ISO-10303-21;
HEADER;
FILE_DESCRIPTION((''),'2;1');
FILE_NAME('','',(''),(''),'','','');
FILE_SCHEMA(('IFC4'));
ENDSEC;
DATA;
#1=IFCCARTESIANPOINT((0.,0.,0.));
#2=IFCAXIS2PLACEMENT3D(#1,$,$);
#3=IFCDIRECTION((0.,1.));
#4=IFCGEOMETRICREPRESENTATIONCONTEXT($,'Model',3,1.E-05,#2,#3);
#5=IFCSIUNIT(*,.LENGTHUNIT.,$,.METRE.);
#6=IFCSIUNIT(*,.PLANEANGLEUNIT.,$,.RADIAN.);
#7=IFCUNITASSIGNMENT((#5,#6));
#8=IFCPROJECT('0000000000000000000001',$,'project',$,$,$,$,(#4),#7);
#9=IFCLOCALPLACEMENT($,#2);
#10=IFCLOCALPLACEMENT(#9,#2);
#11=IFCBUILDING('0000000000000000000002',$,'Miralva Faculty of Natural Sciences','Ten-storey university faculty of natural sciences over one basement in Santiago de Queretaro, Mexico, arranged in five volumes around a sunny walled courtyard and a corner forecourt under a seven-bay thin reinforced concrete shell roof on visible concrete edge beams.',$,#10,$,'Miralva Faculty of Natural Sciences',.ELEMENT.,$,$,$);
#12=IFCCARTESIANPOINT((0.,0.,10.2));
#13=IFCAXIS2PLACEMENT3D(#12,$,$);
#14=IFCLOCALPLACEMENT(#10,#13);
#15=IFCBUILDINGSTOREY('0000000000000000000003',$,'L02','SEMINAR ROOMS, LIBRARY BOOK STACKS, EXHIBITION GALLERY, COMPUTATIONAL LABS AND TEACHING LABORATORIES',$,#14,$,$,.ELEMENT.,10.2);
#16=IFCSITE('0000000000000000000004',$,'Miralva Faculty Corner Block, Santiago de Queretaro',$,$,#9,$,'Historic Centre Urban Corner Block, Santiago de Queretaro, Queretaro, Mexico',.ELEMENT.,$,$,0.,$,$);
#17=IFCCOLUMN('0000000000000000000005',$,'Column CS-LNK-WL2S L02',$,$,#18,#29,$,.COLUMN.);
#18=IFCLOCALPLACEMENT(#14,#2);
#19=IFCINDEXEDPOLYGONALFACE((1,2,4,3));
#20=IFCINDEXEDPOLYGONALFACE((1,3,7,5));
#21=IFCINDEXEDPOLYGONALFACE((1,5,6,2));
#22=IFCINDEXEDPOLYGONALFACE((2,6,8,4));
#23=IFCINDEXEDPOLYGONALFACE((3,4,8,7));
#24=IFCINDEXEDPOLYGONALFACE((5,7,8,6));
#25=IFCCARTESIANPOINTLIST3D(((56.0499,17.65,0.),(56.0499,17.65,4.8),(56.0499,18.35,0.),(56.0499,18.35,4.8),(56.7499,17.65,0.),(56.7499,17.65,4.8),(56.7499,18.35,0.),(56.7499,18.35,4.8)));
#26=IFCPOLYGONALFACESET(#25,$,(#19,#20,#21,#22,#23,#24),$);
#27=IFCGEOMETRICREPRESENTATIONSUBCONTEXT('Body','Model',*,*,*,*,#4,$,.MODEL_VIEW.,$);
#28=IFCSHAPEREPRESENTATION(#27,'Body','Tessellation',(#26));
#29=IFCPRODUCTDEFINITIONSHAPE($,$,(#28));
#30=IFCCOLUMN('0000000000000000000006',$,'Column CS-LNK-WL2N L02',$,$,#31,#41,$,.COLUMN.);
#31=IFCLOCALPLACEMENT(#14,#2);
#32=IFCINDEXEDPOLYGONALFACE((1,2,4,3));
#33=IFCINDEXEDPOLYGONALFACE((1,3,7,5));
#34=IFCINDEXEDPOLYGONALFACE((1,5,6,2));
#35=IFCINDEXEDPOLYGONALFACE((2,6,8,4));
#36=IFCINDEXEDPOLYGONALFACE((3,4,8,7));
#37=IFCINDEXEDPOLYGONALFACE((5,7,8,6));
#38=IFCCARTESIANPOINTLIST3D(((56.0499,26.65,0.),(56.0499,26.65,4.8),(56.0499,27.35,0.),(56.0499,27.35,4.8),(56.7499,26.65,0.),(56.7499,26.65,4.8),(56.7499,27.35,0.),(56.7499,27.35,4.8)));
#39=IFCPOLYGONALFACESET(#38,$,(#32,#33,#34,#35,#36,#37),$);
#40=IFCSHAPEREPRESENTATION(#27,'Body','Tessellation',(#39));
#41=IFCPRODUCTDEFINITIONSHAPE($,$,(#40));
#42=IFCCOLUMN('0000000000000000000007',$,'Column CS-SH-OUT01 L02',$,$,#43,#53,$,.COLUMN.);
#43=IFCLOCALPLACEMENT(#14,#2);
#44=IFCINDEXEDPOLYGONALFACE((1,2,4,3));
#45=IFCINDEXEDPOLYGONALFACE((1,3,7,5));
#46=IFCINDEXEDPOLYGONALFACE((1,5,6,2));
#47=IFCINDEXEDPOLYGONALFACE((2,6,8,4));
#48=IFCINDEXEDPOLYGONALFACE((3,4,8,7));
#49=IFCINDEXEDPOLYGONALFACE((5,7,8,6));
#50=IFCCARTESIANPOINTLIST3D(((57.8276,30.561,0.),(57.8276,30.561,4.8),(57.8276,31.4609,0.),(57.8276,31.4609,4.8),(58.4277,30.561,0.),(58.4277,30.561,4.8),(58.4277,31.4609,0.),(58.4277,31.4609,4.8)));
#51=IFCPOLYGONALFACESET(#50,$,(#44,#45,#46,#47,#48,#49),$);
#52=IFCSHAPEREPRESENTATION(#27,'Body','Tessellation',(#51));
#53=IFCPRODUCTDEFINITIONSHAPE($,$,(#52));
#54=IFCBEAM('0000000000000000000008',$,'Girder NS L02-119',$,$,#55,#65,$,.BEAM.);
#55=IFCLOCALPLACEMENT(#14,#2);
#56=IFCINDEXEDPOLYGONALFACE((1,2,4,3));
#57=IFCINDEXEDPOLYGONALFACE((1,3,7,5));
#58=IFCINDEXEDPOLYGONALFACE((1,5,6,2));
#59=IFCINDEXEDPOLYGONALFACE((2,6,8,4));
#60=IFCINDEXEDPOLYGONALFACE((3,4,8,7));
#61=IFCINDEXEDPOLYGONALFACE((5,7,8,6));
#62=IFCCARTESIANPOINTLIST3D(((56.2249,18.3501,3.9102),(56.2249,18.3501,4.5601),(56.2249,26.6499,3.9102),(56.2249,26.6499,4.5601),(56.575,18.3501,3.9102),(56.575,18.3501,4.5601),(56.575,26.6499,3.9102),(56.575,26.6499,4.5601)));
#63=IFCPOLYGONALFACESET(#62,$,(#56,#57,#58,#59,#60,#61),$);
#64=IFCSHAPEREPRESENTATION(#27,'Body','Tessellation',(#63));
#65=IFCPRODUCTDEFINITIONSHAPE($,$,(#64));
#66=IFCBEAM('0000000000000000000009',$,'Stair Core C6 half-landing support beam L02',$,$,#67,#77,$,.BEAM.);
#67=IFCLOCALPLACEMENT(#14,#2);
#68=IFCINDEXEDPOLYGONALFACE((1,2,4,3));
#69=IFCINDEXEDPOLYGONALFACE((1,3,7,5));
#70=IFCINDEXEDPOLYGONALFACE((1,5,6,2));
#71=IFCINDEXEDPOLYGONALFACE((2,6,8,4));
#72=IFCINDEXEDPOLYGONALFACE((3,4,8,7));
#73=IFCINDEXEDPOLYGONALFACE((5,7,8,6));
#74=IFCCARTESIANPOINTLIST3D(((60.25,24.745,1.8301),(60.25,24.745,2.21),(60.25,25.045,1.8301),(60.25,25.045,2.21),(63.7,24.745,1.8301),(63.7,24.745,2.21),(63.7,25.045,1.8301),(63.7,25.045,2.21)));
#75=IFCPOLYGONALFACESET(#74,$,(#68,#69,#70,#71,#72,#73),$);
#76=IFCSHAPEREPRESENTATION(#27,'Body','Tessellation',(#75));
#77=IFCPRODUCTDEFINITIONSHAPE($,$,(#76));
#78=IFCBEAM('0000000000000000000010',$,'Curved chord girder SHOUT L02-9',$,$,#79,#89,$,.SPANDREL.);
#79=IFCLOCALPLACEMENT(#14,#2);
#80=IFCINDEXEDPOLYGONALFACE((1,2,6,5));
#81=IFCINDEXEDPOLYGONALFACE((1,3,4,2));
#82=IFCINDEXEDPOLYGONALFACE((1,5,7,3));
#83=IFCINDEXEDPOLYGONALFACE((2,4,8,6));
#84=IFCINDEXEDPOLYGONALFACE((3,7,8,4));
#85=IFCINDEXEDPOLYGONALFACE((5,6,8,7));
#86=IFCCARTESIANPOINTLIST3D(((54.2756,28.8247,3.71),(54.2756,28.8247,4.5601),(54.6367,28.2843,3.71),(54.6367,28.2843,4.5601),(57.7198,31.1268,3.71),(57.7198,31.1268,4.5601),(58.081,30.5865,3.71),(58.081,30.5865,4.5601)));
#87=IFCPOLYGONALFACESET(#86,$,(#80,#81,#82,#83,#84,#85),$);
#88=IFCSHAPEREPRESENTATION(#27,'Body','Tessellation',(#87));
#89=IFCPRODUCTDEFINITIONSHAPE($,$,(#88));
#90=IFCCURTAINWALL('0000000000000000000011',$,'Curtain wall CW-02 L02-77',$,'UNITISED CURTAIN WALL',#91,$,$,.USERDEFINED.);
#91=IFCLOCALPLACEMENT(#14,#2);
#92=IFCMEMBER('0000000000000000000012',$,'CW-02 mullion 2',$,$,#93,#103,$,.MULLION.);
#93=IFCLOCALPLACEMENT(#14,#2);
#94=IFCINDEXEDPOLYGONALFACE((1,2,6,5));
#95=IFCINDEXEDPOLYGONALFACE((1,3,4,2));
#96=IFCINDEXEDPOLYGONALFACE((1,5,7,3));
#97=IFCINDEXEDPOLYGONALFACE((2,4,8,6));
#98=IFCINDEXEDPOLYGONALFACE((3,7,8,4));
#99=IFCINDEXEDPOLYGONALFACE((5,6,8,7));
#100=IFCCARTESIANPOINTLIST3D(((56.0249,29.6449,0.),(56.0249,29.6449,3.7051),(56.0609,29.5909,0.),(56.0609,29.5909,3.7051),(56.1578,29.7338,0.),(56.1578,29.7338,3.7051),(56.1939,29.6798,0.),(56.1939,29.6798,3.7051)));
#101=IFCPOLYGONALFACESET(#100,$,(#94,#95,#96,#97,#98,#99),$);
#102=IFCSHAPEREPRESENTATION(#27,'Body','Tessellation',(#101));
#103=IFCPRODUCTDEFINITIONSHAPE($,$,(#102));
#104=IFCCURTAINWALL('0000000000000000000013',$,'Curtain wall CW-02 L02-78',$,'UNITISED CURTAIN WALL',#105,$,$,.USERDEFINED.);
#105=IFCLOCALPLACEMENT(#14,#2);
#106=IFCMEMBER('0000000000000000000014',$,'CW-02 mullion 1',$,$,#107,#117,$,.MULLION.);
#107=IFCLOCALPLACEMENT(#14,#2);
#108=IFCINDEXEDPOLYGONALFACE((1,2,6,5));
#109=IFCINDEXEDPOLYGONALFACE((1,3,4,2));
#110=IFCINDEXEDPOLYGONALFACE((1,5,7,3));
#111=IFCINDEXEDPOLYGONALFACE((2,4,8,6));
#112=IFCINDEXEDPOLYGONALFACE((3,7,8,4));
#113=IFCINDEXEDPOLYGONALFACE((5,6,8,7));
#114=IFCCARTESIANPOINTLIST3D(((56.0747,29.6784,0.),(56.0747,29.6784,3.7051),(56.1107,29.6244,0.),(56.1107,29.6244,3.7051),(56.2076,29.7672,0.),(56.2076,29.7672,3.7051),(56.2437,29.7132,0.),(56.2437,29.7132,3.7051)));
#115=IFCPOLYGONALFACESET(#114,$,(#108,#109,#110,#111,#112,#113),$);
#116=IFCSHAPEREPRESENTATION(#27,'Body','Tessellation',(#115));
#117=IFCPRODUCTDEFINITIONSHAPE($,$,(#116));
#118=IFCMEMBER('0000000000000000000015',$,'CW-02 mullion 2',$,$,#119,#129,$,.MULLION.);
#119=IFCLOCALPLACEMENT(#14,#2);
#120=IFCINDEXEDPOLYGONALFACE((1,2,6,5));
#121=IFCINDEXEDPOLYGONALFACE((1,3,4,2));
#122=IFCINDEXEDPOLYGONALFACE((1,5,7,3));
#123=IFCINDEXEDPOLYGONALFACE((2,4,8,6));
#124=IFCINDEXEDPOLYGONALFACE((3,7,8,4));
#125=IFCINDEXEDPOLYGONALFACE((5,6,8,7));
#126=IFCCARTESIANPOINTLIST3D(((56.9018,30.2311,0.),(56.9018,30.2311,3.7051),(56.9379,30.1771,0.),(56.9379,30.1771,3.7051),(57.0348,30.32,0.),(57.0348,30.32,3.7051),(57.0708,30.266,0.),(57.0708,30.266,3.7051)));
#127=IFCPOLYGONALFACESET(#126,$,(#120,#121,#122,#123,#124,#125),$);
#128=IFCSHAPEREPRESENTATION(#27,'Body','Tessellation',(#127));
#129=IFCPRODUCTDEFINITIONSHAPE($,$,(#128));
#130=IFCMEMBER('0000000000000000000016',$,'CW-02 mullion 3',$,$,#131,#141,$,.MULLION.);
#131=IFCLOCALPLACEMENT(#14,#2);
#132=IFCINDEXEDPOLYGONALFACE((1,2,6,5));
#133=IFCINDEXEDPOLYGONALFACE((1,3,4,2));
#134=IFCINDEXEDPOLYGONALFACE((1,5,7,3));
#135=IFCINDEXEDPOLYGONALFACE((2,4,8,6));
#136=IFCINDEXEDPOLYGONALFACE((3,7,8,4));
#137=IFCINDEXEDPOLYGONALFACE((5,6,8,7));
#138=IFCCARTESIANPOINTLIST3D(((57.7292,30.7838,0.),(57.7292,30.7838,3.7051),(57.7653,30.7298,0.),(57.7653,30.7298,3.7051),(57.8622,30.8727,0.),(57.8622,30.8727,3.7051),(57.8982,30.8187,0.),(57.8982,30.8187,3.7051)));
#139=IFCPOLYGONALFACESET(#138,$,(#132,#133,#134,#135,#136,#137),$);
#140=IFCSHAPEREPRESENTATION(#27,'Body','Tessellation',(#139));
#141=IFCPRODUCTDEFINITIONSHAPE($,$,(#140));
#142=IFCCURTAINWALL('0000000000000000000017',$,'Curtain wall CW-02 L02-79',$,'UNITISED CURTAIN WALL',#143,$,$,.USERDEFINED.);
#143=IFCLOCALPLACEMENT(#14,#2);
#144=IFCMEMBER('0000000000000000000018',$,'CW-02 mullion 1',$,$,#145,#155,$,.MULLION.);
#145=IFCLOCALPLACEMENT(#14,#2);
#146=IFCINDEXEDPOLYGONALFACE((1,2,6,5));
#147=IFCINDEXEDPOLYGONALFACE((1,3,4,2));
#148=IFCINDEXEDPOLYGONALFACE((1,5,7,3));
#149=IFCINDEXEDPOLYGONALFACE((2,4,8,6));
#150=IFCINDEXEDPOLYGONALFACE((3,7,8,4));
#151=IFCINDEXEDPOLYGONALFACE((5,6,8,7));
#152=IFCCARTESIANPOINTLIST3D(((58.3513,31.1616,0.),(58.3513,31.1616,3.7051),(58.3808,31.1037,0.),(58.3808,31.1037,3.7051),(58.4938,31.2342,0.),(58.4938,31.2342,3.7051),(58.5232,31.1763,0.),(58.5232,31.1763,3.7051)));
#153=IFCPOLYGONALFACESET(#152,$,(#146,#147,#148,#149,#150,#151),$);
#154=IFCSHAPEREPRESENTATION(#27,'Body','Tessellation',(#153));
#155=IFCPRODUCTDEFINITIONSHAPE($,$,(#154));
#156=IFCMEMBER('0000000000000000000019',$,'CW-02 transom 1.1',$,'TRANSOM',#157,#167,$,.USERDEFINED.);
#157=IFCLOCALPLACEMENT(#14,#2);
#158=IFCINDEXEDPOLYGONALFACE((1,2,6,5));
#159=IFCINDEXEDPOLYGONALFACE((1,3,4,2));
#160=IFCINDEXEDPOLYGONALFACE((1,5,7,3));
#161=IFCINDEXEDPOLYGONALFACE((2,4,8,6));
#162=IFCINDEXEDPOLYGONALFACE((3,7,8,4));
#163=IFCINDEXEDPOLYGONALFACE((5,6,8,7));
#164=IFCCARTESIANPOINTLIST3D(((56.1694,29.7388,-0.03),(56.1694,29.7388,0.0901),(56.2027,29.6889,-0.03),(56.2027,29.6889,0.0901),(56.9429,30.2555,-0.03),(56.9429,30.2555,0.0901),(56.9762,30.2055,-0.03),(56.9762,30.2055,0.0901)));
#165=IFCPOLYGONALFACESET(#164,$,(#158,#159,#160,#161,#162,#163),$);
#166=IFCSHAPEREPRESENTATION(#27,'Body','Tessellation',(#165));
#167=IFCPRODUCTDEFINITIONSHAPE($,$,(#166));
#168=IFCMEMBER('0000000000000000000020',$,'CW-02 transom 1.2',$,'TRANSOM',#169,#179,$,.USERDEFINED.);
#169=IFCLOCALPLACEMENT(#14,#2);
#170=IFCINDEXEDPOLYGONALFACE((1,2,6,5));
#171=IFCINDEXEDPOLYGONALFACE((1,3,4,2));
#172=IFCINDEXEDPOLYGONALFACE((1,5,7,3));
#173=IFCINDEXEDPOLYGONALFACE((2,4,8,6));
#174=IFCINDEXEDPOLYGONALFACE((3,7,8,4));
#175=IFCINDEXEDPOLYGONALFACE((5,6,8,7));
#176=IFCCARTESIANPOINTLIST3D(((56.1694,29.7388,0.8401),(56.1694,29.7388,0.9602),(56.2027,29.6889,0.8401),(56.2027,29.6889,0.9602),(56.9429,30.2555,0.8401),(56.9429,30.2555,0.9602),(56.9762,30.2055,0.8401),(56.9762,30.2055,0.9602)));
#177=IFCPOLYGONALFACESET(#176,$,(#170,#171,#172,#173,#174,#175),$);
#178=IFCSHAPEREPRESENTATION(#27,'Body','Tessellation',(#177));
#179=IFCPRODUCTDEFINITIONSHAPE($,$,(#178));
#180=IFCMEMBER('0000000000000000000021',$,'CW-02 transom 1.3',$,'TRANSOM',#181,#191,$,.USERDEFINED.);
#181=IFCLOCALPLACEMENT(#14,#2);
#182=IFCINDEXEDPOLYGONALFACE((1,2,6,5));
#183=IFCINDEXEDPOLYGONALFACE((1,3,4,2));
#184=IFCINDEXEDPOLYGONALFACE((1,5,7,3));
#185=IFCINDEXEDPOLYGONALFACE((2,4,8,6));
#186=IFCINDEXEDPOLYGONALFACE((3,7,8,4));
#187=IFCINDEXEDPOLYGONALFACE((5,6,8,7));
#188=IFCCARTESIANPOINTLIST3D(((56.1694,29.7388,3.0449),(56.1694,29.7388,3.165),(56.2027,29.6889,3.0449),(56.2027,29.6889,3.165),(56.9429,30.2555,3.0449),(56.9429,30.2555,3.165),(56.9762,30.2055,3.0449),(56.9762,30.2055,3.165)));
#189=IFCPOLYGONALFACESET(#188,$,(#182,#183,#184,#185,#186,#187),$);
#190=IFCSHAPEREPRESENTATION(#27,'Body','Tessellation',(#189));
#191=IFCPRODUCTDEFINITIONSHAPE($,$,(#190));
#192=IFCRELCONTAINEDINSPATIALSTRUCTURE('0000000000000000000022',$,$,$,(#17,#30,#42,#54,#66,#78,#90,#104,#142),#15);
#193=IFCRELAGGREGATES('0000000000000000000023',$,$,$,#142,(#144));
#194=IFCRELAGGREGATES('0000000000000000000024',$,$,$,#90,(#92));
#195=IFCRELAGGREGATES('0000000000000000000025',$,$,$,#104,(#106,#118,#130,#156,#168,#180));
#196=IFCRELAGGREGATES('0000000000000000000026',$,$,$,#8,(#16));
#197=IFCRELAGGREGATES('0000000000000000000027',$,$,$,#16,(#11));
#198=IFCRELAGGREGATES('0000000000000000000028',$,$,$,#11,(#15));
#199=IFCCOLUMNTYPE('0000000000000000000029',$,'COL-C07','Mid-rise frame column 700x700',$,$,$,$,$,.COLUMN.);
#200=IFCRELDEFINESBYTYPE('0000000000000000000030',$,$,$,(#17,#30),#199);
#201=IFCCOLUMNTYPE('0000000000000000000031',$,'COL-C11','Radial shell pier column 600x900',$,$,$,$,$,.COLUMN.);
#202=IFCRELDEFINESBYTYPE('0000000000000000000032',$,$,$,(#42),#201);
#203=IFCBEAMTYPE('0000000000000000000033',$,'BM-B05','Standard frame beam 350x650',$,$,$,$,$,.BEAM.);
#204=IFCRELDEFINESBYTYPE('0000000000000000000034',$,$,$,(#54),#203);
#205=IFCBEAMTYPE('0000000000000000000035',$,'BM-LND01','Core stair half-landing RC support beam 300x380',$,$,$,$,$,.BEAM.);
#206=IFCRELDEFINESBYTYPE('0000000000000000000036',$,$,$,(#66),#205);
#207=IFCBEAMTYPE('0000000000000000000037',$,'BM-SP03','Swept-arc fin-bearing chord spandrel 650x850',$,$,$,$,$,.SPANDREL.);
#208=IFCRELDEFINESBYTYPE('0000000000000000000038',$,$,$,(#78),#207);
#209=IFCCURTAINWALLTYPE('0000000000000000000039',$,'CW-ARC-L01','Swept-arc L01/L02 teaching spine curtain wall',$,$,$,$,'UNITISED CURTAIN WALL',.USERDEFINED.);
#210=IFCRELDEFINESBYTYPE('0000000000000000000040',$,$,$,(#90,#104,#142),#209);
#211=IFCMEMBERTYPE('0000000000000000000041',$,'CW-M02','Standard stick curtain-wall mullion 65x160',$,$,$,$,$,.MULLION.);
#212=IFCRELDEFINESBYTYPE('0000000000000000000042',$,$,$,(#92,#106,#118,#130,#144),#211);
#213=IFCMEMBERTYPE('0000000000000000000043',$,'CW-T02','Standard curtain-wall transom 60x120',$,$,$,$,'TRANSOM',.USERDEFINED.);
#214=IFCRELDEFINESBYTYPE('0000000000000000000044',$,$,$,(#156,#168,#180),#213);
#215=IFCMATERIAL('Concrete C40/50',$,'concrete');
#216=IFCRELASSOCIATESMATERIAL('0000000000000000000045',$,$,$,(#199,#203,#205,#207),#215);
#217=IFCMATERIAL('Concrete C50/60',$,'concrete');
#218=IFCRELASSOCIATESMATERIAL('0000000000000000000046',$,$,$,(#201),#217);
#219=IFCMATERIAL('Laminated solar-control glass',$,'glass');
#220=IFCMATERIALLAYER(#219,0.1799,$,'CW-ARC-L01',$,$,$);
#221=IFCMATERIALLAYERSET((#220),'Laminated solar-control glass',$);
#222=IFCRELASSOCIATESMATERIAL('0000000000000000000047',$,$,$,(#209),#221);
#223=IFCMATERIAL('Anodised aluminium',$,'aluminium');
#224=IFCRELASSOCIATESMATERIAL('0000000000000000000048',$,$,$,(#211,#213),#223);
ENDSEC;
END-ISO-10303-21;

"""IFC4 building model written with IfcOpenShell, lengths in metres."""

from ifc_helpers import new_model, si_unit, direction, frame, origin, origin_2d, place, context, subcontext, project, spatial, rectangle, extrude, material, layer, layer_set, material_profile, profile_set, type_object, element, aggregate, save


model = new_model("IFC4")

# Units and contexts
model_context = context("Model", 3, precision=1e-05, world=origin(), true_north=direction((0.0, 1.0)))
body_context = subcontext(model_context, "Body", "Model", "MODEL_VIEW")
ifc_project = project(units=[si_unit("LENGTHUNIT", "METRE"), si_unit("PLANEANGLEUNIT", "RADIAN")], contexts=[model_context])

# Site, building, storey
site_placement = place(None, origin())
site = spatial("IfcSite", under=ifc_project, at=site_placement, Name="Miralva Faculty Corner Block, Santiago de Queretaro", LongName="Historic Centre Urban Corner Block, Santiago de Queretaro, Queretaro, Mexico", CompositionType="ELEMENT", RefElevation=0.0)
building_placement = place(site_placement, origin())
building = spatial("IfcBuilding", under=site, at=building_placement, Name="Miralva Faculty of Natural Sciences", Description="Ten-storey university faculty of natural sciences over one basement in Santiago de Queretaro, Mexico, arranged in five volumes around a sunny walled courtyard and a corner forecourt under a seven-bay thin reinforced concrete shell roof on visible concrete edge beams.", LongName="Miralva Faculty of Natural Sciences", CompositionType="ELEMENT")
storey_placement = place(building_placement, frame((0.0, 0.0, 10.2)))
storey = spatial("IfcBuildingStorey", under=building, at=storey_placement, Name="L02", Description="SEMINAR ROOMS, LIBRARY BOOK STACKS, EXHIBITION GALLERY, COMPUTATIONAL LABS AND TEACHING LABORATORIES", CompositionType="ELEMENT", Elevation=10.2)

# Columns
ifc_material_1 = material(Name="Concrete C40/50", Category="concrete")
ifc_material_profile_1 = material_profile(ifc_material_1, rectangle(XDim=0.7, YDim=0.7, at=origin_2d()), Name="RC 700x700")
ifc_profile_set_1 = profile_set([ifc_material_profile_1], Name="Concrete C40/50")
column_type_1 = type_object("IfcColumnType", Name="COL-C07", Description="Mid-rise frame column 700x700", PredefinedType="COLUMN", material=ifc_profile_set_1)
for number, where, z_axis, x_axis, name in (
    (1, (56.3999, 18.0, 0.0), (0.0, 0.0, 1.0), (1.0, 0.0, 0.0), "Column CS-LNK-WL2S L02"),
    (2, (56.3999, 27.0, 0.0), (0.0, 0.0, 1.0), (1.0, 0.0, 0.0), "Column CS-LNK-WL2N L02"),
):
    element("IfcColumn", number, at=place(storey_placement, frame(where, z_axis=z_axis, x_axis=x_axis)), inside=storey, type_object=column_type_1, Name=name, PredefinedType="COLUMN", context=body_context, shape_type="SweptSolid", body=[
        extrude(rectangle(XDim=0.7, YDim=0.7, at=origin_2d()), origin(), (0.0, 0.0, 1.0), 4.8),
    ])
ifc_material_2 = material(Name="Concrete C50/60", Category="concrete")
ifc_material_profile_2 = material_profile(ifc_material_2, rectangle(XDim=0.6001, YDim=0.8999, at=origin_2d()), Name="RC 600x900")
ifc_profile_set_2 = profile_set([ifc_material_profile_2], Name="Concrete C50/60")
column_type_2 = type_object("IfcColumnType", Name="COL-C11", Description="Radial shell pier column 600x900", PredefinedType="COLUMN", material=ifc_profile_set_2)
column_placement = place(storey_placement, frame((58.1277, 31.011, 0.0), z_axis=(0.0, 0.0, 1.0), x_axis=(1.0, 0.0, 0.0)))
element("IfcColumn", 3, at=column_placement, inside=storey, type_object=column_type_2, Name="Column CS-SH-OUT01 L02", PredefinedType="COLUMN", context=body_context, shape_type="SweptSolid", body=[
    extrude(rectangle(XDim=0.6001, YDim=0.8999, at=origin_2d()), origin(), (0.0, 0.0, 1.0), 4.8),
])

# Beams
ifc_material_profile_3 = material_profile(ifc_material_1, rectangle(XDim=0.3501, YDim=0.6499, at=origin_2d()), Name="RC 350x650")
ifc_profile_set_3 = profile_set([ifc_material_profile_3], Name="Concrete C40/50")
beam_type_1 = type_object("IfcBeamType", Name="BM-B05", Description="Standard frame beam 350x650", PredefinedType="BEAM", material=ifc_profile_set_3)
beam_1_placement = place(storey_placement, frame((56.3999, 18.3501, 4.2351), z_axis=(0.0, 1.0, 0.0), x_axis=(-1.0, 0.0, 0.0)))
element("IfcBeam", 4, at=beam_1_placement, inside=storey, type_object=beam_type_1, Name="Girder NS L02-119", PredefinedType="BEAM", context=body_context, shape_type="SweptSolid", body=[
    extrude(rectangle(XDim=0.3501, YDim=0.6499, at=origin_2d()), origin(), (0.0, 0.0, 1.0), 8.2998),
])
ifc_material_profile_4 = material_profile(ifc_material_1, rectangle(XDim=0.3, YDim=0.3799, at=origin_2d()), Name="RC 300x380")
ifc_profile_set_4 = profile_set([ifc_material_profile_4], Name="Concrete C40/50")
beam_type_2 = type_object("IfcBeamType", Name="BM-LND01", Description="Core stair half-landing RC support beam 300x380", PredefinedType="BEAM", material=ifc_profile_set_4)
beam_2_placement = place(storey_placement, frame((60.25, 24.895, 2.02), z_axis=(1.0, 0.0, 0.0), x_axis=(0.0, 1.0, 0.0)))
element("IfcBeam", 5, at=beam_2_placement, inside=storey, type_object=beam_type_2, Name="Stair Core C6 half-landing support beam L02", PredefinedType="BEAM", context=body_context, shape_type="SweptSolid", body=[
    extrude(rectangle(XDim=0.3, YDim=0.3799, at=origin_2d()), origin(), (0.0, 0.0, 1.0), 3.45),
])
ifc_material_profile_5 = material_profile(ifc_material_1, rectangle(XDim=0.6499, YDim=0.8501, at=origin_2d()), Name="RC 650x850")
ifc_profile_set_5 = profile_set([ifc_material_profile_5], Name="Concrete C40/50")
beam_type_3 = type_object("IfcBeamType", Name="BM-SP03", Description="Swept-arc fin-bearing chord spandrel 650x850", PredefinedType="SPANDREL", material=ifc_profile_set_5)
beam_3_placement = place(storey_placement, frame((57.9004, 30.8567, 4.135), z_axis=(-0.831379, -0.555706, 0.0), x_axis=(0.555706, -0.831379, 0.0)))
element("IfcBeam", 6, at=beam_3_placement, inside=storey, type_object=beam_type_3, Name="Curved chord girder SHOUT L02-9", PredefinedType="SPANDREL", context=body_context, shape_type="SweptSolid", body=[
    extrude(rectangle(XDim=0.6499, YDim=0.8501, at=origin_2d()), origin(), (0.0, 0.0, 1.0), 4.1428),
])

# Curtain wall, member
ifc_material_3 = material(Name="Laminated solar-control glass", Category="glass")
ifc_layer_1 = layer(ifc_material_3, 0.1799, Name="CW-ARC-L01")
ifc_layer_set_1 = layer_set([ifc_layer_1], Name="Laminated solar-control glass")
curtain_wall_type = type_object("IfcCurtainWallType", Name="CW-ARC-L01", Description="Swept-arc L01/L02 teaching spine curtain wall", ElementType="UNITISED CURTAIN WALL", PredefinedType="USERDEFINED", material=ifc_layer_set_1)
curtain_wall_1_placement = place(storey_placement, origin())
curtain_wall_1 = element("IfcCurtainWall", 7, at=curtain_wall_1_placement, inside=storey, type_object=curtain_wall_type, Name="Curtain wall CW-02 L02-77", ObjectType="UNITISED CURTAIN WALL", PredefinedType="USERDEFINED")
ifc_material_4 = material(Name="Anodised aluminium", Category="aluminium")
ifc_material_profile_6 = material_profile(ifc_material_4, rectangle(XDim=0.0649, YDim=0.1599, at=origin_2d()), Name="MULLION 65x160")
ifc_profile_set_6 = profile_set([ifc_material_profile_6], Name="Anodised aluminium")
member_type_1 = type_object("IfcMemberType", Name="CW-M02", Description="Standard stick curtain-wall mullion 65x160", PredefinedType="MULLION", material=ifc_profile_set_6)
member_1_placement = place(storey_placement, frame((56.1094, 29.6624, 0.0), z_axis=(0.0, 0.0, 1.0), x_axis=(-0.555549, 0.831484, 0.0)))
member_1 = element("IfcMember", 8, at=member_1_placement, type_object=member_type_1, Name="CW-02 mullion 2", PredefinedType="MULLION", context=body_context, shape_type="SweptSolid", body=[
    extrude(rectangle(XDim=0.0649, YDim=0.1599, at=origin_2d()), origin(), (0.0, 0.0, 1.0), 3.7051),
])

# Curtain wall, members
curtain_wall_2_placement = place(storey_placement, origin())
curtain_wall_2 = element("IfcCurtainWall", 9, at=curtain_wall_2_placement, inside=storey, type_object=curtain_wall_type, Name="Curtain wall CW-02 L02-78", ObjectType="UNITISED CURTAIN WALL", PredefinedType="USERDEFINED")
member_2_placement = place(storey_placement, frame((56.1592, 29.6958, 0.0), z_axis=(0.0, 0.0, 1.0), x_axis=(-0.555587, 0.831458, 0.0)))
member_2 = element("IfcMember", 10, at=member_2_placement, type_object=member_type_1, Name="CW-02 mullion 1", PredefinedType="MULLION", context=body_context, shape_type="SweptSolid", body=[
    extrude(rectangle(XDim=0.0649, YDim=0.1599, at=origin_2d()), origin(), (0.0, 0.0, 1.0), 3.7051),
])
member_3_placement = place(storey_placement, frame((56.9863, 30.2485, 0.0), z_axis=(0.0, 0.0, 1.0), x_axis=(-0.555587, 0.831458, 0.0)))
member_3 = element("IfcMember", 11, at=member_3_placement, type_object=member_type_1, Name="CW-02 mullion 2", PredefinedType="MULLION", context=body_context, shape_type="SweptSolid", body=[
    extrude(rectangle(XDim=0.0649, YDim=0.1599, at=origin_2d()), origin(), (0.0, 0.0, 1.0), 3.7051),
])
member_4_placement = place(storey_placement, frame((57.8137, 30.8013, 0.0), z_axis=(0.0, 0.0, 1.0), x_axis=(-0.555587, 0.831458, 0.0)))
member_4 = element("IfcMember", 12, at=member_4_placement, type_object=member_type_1, Name="CW-02 mullion 3", PredefinedType="MULLION", context=body_context, shape_type="SweptSolid", body=[
    extrude(rectangle(XDim=0.0649, YDim=0.1599, at=origin_2d()), origin(), (0.0, 0.0, 1.0), 3.7051),
])

# Curtain wall, member
curtain_wall_3_placement = place(storey_placement, origin())
curtain_wall_3 = element("IfcCurtainWall", 13, at=curtain_wall_3_placement, inside=storey, type_object=curtain_wall_type, Name="Curtain wall CW-02 L02-79", ObjectType="UNITISED CURTAIN WALL", PredefinedType="USERDEFINED")
member_5_placement = place(storey_placement, frame((58.4373, 31.1689, 0.0), z_axis=(0.0, 0.0, 1.0), x_axis=(-0.454, 0.891002, 0.0)))
member_5 = element("IfcMember", 14, at=member_5_placement, type_object=member_type_1, Name="CW-02 mullion 1", PredefinedType="MULLION", context=body_context, shape_type="SweptSolid", body=[
    extrude(rectangle(XDim=0.0649, YDim=0.1599, at=origin_2d()), origin(), (0.0, 0.0, 1.0), 3.7051),
])

# Members
ifc_material_profile_7 = material_profile(ifc_material_4, rectangle(XDim=0.0601, YDim=0.1201, at=origin_2d()), Name="TRANSOM 60x120")
ifc_profile_set_7 = profile_set([ifc_material_profile_7], Name="Anodised aluminium")
member_type_2 = type_object("IfcMemberType", Name="CW-T02", Description="Standard curtain-wall transom 60x120", ElementType="TRANSOM", PredefinedType="USERDEFINED", material=ifc_profile_set_7)
member_6_placement = place(storey_placement, frame((56.186, 29.7139, 0.03), z_axis=(0.831565, 0.555427, 0.0), x_axis=(-0.555427, 0.831565, 0.0)))
member_6 = element("IfcMember", 15, at=member_6_placement, type_object=member_type_2, Name="CW-02 transom 1.1", ObjectType="TRANSOM", PredefinedType="USERDEFINED", context=body_context, shape_type="SweptSolid", body=[
    extrude(rectangle(XDim=0.0601, YDim=0.1201, at=origin_2d()), origin(), (0.0, 0.0, 1.0), 0.9302),
])
member_7_placement = place(storey_placement, frame((56.186, 29.7139, 0.9001), z_axis=(0.831565, 0.555427, 0.0), x_axis=(-0.555427, 0.831565, 0.0)))
member_7 = element("IfcMember", 16, at=member_7_placement, type_object=member_type_2, Name="CW-02 transom 1.2", ObjectType="TRANSOM", PredefinedType="USERDEFINED", context=body_context, shape_type="SweptSolid", body=[
    extrude(rectangle(XDim=0.0601, YDim=0.1201, at=origin_2d()), origin(), (0.0, 0.0, 1.0), 0.9302),
])
member_8_placement = place(storey_placement, frame((56.186, 29.7139, 3.105), z_axis=(0.831565, 0.555427, 0.0), x_axis=(-0.555427, 0.831565, 0.0)))
member_8 = element("IfcMember", 17, at=member_8_placement, type_object=member_type_2, Name="CW-02 transom 1.3", ObjectType="TRANSOM", PredefinedType="USERDEFINED", context=body_context, shape_type="SweptSolid", body=[
    extrude(rectangle(XDim=0.0601, YDim=0.1201, at=origin_2d()), origin(), (0.0, 0.0, 1.0), 0.9302),
])
aggregate(curtain_wall_3, [member_5])

aggregate(curtain_wall_1, [member_1])
aggregate(curtain_wall_2, [member_2, member_3, member_4, member_6, member_7, member_8])

save(model, "model.ifc")
